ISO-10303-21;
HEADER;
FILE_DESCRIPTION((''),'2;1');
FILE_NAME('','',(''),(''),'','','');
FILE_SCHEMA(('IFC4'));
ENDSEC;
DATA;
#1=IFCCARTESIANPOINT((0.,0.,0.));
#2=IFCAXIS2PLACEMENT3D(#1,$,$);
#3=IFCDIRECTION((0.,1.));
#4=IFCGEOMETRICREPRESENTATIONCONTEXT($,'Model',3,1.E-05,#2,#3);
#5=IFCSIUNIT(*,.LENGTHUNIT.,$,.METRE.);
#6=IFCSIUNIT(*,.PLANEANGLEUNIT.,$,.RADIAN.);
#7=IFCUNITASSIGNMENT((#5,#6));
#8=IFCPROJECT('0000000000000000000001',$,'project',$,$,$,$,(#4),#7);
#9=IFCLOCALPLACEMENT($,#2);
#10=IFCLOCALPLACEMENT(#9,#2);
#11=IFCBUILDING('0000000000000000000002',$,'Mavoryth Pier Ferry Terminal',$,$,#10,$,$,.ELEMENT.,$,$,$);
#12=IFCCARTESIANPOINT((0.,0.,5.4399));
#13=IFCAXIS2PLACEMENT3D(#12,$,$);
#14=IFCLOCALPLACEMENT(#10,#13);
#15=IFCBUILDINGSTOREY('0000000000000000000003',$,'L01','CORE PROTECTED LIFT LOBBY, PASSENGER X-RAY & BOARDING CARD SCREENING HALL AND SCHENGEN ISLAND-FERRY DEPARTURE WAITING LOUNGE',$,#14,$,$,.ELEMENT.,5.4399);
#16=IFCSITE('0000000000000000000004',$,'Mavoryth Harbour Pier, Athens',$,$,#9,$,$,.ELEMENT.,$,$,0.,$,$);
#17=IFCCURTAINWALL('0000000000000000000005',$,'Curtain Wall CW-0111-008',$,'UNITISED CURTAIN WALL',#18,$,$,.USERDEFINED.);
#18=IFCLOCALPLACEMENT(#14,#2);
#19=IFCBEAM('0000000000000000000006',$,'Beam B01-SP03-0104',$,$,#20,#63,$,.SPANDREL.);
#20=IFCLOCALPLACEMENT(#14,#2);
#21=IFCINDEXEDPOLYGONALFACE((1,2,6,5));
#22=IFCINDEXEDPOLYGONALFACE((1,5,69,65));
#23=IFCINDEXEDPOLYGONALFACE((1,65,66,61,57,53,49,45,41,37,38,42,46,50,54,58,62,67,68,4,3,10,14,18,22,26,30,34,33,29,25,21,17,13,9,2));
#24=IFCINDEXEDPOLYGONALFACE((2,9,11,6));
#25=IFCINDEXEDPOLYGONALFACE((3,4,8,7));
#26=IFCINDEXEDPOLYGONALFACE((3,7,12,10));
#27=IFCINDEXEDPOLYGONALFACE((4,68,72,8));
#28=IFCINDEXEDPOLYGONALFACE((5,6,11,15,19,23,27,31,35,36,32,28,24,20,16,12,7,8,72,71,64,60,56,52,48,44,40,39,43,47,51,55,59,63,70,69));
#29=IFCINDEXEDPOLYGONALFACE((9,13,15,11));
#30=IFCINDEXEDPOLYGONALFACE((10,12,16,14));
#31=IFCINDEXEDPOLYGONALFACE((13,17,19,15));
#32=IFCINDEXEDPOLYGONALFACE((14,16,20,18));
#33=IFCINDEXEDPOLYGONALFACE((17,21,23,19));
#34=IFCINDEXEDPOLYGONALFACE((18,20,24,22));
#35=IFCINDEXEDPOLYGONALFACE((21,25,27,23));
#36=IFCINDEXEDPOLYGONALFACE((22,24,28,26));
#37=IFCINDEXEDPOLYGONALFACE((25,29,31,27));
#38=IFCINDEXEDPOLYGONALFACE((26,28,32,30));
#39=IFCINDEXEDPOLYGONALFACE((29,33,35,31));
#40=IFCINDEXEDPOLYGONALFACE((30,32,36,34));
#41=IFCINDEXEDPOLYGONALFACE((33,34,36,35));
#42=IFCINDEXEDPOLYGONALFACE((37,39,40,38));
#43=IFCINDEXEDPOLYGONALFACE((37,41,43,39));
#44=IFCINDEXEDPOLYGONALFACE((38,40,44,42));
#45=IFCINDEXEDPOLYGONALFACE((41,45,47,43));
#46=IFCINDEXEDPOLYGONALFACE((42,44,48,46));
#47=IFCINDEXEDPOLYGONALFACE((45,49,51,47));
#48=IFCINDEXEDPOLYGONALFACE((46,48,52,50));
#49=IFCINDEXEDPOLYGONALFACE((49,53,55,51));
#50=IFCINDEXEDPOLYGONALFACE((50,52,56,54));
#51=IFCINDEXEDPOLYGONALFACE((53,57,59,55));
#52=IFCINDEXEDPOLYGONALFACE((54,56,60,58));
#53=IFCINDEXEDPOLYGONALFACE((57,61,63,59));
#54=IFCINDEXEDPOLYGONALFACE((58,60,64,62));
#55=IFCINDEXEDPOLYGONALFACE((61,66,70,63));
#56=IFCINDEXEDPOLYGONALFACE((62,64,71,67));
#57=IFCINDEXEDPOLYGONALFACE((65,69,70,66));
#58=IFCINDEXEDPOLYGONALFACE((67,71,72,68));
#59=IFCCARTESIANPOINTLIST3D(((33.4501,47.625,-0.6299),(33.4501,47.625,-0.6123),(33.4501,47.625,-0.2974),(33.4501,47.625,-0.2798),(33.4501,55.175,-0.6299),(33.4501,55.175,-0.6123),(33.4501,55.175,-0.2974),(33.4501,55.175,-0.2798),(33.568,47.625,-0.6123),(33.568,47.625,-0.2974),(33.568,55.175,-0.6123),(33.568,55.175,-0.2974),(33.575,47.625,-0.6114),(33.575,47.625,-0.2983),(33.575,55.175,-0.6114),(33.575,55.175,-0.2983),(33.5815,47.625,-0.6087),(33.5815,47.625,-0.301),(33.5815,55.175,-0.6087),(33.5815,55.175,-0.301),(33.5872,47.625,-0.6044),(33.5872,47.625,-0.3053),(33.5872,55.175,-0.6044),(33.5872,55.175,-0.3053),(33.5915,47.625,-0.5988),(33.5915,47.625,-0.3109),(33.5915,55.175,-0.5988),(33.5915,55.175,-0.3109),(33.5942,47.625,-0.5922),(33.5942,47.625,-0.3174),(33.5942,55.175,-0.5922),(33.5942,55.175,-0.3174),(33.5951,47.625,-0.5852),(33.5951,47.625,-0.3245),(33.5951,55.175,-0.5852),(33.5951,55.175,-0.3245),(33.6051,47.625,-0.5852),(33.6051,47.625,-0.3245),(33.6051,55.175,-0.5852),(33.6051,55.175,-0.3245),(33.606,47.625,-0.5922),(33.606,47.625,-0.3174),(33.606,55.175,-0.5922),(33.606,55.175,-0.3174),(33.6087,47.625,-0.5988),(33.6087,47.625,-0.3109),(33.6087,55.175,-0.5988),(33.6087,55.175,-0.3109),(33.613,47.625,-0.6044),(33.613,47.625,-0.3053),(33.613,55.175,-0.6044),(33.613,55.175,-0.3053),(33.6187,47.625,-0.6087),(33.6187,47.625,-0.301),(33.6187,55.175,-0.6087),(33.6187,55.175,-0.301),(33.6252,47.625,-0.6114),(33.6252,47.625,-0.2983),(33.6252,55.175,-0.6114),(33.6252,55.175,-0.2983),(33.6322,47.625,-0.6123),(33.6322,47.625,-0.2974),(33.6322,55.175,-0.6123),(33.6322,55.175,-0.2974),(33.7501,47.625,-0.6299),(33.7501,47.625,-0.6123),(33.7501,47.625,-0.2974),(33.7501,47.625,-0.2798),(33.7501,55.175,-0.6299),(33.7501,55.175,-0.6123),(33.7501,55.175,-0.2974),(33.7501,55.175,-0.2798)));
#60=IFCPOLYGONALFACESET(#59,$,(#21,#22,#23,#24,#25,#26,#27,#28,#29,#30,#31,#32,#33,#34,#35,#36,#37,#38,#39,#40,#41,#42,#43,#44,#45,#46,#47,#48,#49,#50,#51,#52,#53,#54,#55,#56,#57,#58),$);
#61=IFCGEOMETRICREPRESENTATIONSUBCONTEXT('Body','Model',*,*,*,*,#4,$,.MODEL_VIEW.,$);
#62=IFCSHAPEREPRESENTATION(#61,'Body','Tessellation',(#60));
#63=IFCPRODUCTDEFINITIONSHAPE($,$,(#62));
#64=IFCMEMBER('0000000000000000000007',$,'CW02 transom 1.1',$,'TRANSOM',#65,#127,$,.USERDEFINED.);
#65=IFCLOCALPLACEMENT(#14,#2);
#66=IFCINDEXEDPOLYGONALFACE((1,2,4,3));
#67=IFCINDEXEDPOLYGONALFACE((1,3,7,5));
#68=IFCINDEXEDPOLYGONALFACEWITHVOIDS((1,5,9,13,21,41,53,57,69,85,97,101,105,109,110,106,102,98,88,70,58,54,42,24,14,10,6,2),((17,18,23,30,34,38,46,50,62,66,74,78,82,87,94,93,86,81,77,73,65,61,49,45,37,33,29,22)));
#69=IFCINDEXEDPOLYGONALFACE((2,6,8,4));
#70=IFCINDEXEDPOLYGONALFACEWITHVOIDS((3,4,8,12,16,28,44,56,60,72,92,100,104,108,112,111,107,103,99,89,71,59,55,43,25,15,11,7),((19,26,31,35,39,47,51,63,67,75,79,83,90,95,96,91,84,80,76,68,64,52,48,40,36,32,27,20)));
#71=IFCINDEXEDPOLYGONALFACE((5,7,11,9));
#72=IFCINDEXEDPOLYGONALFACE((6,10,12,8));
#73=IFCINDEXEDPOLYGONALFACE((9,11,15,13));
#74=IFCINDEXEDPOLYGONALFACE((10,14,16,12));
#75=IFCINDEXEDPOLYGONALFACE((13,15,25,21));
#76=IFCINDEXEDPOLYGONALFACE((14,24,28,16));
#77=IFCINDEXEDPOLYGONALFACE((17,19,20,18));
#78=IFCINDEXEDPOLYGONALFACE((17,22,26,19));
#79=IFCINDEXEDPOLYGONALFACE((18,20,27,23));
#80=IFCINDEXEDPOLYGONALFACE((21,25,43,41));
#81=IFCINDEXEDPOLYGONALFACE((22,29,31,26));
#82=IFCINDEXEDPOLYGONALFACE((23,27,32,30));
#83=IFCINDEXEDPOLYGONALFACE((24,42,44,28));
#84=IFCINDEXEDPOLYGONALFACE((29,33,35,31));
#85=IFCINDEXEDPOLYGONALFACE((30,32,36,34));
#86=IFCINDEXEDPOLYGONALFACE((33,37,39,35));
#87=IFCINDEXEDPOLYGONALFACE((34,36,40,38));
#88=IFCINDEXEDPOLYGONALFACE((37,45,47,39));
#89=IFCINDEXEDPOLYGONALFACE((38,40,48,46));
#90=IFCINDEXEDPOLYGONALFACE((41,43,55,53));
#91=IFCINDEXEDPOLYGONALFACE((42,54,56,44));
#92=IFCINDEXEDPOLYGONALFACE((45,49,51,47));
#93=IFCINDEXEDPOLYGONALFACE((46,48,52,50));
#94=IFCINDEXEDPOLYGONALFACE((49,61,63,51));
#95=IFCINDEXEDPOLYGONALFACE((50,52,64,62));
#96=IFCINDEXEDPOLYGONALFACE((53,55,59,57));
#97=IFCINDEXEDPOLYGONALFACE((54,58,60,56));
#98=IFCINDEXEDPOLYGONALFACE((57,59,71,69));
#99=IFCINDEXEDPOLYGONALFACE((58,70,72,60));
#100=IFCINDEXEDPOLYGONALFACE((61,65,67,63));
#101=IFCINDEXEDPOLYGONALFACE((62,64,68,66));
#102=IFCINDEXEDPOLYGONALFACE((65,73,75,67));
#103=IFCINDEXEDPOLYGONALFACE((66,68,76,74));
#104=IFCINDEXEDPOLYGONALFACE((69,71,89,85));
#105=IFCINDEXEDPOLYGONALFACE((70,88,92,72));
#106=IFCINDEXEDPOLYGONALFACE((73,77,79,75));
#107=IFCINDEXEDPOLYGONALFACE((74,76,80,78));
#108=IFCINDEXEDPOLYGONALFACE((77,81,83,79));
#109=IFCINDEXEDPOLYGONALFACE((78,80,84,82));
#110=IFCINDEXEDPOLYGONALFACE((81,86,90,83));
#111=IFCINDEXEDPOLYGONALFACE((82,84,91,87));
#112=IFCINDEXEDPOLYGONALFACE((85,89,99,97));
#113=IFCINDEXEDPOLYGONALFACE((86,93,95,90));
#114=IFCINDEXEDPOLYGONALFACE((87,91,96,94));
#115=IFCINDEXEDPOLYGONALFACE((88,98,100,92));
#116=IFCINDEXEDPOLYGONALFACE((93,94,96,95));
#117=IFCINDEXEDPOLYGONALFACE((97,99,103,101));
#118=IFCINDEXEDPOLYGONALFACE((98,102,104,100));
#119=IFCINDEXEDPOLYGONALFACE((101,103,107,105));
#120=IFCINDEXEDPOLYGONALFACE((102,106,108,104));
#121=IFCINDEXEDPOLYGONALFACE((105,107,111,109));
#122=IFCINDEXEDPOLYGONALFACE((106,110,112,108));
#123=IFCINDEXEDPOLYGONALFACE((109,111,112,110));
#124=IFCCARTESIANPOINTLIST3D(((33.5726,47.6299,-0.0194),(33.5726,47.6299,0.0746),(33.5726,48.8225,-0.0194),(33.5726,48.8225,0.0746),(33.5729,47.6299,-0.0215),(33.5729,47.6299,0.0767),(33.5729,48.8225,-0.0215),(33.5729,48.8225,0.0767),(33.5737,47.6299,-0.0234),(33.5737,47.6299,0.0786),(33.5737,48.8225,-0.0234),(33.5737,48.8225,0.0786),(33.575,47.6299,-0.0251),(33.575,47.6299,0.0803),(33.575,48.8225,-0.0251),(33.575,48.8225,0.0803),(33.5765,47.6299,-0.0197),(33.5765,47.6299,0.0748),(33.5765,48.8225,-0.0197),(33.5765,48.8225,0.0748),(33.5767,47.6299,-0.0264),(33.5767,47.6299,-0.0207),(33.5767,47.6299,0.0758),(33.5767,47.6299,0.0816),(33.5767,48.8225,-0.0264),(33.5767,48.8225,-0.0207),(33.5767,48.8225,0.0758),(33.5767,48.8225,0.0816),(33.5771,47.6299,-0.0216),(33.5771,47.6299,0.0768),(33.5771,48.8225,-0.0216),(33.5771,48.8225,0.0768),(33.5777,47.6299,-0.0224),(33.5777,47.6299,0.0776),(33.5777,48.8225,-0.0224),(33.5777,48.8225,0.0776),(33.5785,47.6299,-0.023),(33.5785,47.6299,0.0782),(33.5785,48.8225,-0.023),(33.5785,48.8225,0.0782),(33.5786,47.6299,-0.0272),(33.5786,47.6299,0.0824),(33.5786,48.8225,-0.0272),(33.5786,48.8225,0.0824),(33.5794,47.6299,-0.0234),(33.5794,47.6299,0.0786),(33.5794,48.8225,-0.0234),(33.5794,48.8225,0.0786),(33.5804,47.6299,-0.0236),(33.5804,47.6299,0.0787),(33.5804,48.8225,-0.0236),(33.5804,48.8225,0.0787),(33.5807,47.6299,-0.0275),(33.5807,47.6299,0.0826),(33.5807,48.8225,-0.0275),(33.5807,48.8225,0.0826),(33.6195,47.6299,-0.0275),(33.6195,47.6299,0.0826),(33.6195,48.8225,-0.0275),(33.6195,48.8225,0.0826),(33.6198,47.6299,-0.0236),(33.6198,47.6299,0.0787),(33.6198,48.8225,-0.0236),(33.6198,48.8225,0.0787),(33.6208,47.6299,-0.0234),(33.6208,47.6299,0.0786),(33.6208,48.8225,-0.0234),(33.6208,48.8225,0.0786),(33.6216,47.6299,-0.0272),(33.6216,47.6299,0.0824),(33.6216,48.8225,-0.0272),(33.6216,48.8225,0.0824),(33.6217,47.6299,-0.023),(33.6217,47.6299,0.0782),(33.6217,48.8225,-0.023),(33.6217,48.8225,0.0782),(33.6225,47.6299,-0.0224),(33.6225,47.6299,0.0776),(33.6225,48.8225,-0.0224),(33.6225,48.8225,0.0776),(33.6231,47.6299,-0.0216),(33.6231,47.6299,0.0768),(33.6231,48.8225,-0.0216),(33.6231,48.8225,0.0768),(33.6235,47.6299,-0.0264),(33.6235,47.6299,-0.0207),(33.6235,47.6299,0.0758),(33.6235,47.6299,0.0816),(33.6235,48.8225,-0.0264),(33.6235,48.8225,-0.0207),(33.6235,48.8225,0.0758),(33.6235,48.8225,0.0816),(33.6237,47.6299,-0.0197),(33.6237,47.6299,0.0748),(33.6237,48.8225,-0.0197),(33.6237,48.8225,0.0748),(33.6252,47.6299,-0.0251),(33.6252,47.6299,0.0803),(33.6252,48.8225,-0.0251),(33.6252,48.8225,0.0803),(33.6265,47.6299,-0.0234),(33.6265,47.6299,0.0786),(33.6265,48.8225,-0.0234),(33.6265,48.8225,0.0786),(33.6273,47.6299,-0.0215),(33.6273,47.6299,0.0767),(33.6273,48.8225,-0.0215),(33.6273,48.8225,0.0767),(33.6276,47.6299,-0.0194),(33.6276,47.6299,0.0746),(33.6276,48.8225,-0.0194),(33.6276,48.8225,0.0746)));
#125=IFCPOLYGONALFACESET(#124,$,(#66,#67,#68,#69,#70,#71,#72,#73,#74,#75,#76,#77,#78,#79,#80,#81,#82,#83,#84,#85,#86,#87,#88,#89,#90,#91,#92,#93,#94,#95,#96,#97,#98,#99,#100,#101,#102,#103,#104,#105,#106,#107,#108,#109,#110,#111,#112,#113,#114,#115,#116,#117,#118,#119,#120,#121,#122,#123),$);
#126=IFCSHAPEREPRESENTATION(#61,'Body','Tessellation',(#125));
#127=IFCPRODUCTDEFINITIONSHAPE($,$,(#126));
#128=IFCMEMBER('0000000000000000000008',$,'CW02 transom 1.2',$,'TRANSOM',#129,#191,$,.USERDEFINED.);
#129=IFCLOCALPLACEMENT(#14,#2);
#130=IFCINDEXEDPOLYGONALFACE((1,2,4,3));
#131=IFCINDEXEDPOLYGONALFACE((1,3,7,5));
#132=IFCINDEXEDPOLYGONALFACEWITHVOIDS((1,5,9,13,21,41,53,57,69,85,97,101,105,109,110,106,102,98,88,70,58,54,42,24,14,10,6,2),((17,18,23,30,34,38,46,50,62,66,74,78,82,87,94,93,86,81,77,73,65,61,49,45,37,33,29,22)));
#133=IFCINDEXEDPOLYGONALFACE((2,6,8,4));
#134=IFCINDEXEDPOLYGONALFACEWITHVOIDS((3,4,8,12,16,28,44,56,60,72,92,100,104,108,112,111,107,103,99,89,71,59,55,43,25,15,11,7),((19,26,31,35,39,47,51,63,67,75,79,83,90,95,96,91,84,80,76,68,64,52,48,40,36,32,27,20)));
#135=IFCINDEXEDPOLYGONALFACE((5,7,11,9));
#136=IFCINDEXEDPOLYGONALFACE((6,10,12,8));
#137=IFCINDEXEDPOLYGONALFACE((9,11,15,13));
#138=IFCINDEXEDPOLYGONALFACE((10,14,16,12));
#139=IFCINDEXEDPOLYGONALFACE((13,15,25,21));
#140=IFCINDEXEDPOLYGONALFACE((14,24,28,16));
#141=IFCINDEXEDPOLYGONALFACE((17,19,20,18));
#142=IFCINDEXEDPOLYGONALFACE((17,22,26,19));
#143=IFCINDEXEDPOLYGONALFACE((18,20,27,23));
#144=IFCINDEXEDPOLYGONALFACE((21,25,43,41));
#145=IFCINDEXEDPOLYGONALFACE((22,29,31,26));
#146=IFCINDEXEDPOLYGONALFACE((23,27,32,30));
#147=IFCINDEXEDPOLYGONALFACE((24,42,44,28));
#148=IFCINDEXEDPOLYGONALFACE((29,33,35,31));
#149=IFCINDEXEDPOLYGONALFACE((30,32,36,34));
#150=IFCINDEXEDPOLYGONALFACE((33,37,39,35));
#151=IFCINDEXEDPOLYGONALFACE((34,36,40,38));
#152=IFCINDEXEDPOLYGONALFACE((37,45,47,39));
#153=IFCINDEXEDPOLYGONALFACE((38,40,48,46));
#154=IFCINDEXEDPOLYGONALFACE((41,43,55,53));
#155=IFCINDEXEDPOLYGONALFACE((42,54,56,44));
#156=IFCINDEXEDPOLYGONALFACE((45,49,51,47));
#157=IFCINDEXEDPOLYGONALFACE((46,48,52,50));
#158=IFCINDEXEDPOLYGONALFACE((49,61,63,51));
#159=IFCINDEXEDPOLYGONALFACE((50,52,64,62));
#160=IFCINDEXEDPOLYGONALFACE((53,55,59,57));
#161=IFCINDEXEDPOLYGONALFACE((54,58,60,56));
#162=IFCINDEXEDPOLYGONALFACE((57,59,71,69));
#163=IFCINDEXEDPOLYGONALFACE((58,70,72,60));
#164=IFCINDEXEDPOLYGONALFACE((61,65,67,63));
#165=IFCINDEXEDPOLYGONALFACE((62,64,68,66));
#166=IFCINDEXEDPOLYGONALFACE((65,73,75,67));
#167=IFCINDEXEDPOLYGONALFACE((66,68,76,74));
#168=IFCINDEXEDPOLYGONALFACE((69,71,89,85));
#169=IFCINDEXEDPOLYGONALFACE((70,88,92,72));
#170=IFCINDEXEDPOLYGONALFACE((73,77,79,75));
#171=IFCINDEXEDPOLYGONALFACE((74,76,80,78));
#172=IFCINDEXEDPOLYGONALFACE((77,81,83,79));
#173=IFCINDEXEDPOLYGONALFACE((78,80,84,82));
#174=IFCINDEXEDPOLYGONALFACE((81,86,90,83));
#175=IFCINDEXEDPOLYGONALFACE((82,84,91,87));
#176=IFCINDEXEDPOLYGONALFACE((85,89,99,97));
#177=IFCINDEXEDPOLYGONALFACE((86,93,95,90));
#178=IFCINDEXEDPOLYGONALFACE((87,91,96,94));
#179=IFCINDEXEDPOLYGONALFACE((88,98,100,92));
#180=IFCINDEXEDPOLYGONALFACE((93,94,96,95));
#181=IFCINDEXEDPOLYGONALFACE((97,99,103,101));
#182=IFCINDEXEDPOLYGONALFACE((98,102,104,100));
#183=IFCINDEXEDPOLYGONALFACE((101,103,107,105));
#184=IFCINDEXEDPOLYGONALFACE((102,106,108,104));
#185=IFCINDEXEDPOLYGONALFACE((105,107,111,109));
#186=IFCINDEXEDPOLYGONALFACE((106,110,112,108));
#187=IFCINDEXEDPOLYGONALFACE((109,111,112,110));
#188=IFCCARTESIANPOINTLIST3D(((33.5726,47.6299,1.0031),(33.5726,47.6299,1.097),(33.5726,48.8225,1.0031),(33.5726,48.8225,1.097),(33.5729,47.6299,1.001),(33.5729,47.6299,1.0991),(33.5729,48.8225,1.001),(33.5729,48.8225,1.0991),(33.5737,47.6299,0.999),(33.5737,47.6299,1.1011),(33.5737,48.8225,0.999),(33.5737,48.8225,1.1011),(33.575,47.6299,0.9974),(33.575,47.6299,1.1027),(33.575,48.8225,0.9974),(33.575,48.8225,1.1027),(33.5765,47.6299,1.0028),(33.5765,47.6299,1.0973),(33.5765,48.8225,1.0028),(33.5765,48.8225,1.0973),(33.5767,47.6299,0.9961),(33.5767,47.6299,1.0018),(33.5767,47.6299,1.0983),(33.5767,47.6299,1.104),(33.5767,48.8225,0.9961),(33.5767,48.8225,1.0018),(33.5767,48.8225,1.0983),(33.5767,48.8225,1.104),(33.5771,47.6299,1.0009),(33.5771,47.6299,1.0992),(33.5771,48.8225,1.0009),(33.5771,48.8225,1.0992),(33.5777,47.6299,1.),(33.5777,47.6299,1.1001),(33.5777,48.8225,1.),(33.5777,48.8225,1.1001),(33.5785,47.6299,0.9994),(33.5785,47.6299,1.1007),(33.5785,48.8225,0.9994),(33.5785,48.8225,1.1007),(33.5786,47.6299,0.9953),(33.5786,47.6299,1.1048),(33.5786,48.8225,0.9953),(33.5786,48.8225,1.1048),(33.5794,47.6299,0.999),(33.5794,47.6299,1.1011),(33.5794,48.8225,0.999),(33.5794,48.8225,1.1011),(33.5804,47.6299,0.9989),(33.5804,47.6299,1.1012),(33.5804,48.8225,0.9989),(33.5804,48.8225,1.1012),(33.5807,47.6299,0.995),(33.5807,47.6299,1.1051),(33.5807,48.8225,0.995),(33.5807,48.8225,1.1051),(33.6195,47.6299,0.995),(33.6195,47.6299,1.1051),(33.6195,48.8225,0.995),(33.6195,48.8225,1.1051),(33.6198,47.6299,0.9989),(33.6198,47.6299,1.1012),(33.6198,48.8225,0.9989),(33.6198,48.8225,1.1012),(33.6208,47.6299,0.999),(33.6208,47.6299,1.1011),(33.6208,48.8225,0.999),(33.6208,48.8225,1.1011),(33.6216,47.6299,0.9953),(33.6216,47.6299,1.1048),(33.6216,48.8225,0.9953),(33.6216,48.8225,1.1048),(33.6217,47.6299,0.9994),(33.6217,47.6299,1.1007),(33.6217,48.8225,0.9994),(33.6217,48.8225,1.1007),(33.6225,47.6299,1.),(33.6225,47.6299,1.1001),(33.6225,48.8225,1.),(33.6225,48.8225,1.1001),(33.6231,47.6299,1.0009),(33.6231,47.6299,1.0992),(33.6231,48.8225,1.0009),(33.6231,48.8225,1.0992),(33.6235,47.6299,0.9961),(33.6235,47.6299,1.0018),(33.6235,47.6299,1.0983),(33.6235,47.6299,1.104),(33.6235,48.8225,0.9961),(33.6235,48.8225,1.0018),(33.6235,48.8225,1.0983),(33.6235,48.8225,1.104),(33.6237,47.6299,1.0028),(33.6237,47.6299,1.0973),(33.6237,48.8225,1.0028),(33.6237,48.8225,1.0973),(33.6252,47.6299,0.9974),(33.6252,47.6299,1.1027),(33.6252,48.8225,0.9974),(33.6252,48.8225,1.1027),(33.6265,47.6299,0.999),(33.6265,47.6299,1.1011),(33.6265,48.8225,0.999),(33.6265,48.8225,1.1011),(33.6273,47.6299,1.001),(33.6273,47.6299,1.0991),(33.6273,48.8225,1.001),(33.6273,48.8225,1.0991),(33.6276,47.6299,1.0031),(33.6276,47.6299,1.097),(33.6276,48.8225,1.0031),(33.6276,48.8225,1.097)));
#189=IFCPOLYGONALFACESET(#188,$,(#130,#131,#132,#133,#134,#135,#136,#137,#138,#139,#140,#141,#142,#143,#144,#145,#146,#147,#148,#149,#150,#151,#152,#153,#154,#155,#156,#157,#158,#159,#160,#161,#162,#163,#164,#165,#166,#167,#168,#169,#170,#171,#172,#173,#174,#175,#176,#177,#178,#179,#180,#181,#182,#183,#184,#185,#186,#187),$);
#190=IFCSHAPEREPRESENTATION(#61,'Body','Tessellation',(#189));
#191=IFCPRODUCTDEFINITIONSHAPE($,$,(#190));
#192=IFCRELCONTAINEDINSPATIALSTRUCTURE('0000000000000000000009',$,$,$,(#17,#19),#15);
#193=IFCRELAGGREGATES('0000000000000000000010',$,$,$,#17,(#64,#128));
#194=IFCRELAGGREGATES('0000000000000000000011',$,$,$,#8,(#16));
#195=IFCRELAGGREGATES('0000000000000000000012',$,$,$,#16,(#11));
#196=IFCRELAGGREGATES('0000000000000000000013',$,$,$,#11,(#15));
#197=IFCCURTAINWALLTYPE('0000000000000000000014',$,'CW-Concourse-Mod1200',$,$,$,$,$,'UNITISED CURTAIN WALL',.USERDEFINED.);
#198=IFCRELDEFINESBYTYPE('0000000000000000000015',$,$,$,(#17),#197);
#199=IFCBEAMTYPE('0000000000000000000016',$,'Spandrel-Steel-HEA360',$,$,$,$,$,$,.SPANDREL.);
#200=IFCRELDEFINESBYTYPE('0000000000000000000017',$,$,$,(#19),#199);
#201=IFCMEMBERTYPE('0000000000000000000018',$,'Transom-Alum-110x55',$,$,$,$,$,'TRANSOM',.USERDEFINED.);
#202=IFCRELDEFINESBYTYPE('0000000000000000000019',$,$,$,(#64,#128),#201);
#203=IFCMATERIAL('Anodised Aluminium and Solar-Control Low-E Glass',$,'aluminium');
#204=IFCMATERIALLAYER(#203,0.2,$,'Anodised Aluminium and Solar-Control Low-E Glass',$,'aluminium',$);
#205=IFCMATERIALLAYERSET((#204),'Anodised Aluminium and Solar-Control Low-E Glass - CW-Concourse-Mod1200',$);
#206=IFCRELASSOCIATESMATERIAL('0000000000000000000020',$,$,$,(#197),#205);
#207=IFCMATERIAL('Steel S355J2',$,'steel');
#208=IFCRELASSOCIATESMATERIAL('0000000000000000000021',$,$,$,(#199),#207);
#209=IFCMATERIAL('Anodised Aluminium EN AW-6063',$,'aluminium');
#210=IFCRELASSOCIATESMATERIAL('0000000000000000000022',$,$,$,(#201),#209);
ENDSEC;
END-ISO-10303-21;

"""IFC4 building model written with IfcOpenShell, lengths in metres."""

from ifc_helpers import new_model, si_unit, direction, frame, origin, origin_2d, place, context, subcontext, project, spatial, hollow_rectangle, i_section, extrude, material, layer, layer_set, material_profile, profile_set, type_object, element, aggregate, save


model = new_model("IFC4")

# Units and contexts
model_context = context("Model", 3, precision=1e-05, world=origin(), true_north=direction((0.0, 1.0)))
body_context = subcontext(model_context, "Body", "Model", "MODEL_VIEW")
ifc_project = project(units=[si_unit("LENGTHUNIT", "METRE"), si_unit("PLANEANGLEUNIT", "RADIAN")], contexts=[model_context])

# Site, building, storey
site_placement = place(None, origin())
site = spatial("IfcSite", under=ifc_project, at=site_placement, Name="Mavoryth Harbour Pier, Athens", CompositionType="ELEMENT", RefElevation=0.0)
building_placement = place(site_placement, origin())
building = spatial("IfcBuilding", under=site, at=building_placement, Name="Mavoryth Pier Ferry Terminal", CompositionType="ELEMENT")
storey_placement = place(building_placement, frame((0.0, 0.0, 5.4399)))
storey = spatial("IfcBuildingStorey", under=building, at=storey_placement, Name="L01", Description="CORE PROTECTED LIFT LOBBY, PASSENGER X-RAY & BOARDING CARD SCREENING HALL AND SCHENGEN ISLAND-FERRY DEPARTURE WAITING LOUNGE", CompositionType="ELEMENT", Elevation=5.4399)

# Shared definitions
ifc_material_1 = material(Name="Steel S355J2", Category="steel")

# Curtain wall
ifc_material_2 = material(Name="Anodised Aluminium and Solar-Control Low-E Glass", Category="aluminium")
ifc_layer_1 = layer(ifc_material_2, 0.2, Name="Anodised Aluminium and Solar-Control Low-E Glass", Category="aluminium")
ifc_layer_set_1 = layer_set([ifc_layer_1], Name="Anodised Aluminium and Solar-Control Low-E Glass - CW-Concourse-Mod1200")
curtain_wall_type = type_object("IfcCurtainWallType", Name="CW-Concourse-Mod1200", ElementType="UNITISED CURTAIN WALL", PredefinedType="USERDEFINED", material=ifc_layer_set_1)
curtain_wall_placement = place(storey_placement, origin())
curtain_wall = element("IfcCurtainWall", 1, at=curtain_wall_placement, inside=storey, type_object=curtain_wall_type, Name="Curtain Wall CW-0111-008", ObjectType="UNITISED CURTAIN WALL", PredefinedType="USERDEFINED")
ifc_material_3 = material(Name="Anodised Aluminium EN AW-6063", Category="aluminium")

# Beam
ifc_material_profile_1 = material_profile(ifc_material_1, i_section(OverallWidth=0.3, OverallDepth=0.3501, WebThickness=0.01, FlangeThickness=0.0176, FilletRadius=0.0271, at=origin_2d()), Name="HEA 360", Category="steel")
ifc_profile_set_1 = profile_set([ifc_material_profile_1], Name="Steel S355J2 - HEA 360")
beam_type_1 = type_object("IfcBeamType", Name="Spandrel-Steel-HEA360", PredefinedType="SPANDREL", material=ifc_profile_set_1)
beam_1_placement = place(storey_placement, frame((33.6001, 47.625, -0.4548), z_axis=(0.0, 1.0, 0.0), x_axis=(-1.0, 0.0, 0.0)))
element("IfcBeam", 2, at=beam_1_placement, inside=storey, type_object=beam_type_1, Name="Beam B01-SP03-0104", PredefinedType="SPANDREL", context=body_context, shape_type="SweptSolid", body=[
    extrude(i_section(OverallWidth=0.3, OverallDepth=0.3501, WebThickness=0.01, FlangeThickness=0.0176, FilletRadius=0.0271, at=origin_2d()), origin(), (0.0, 0.0, 1.0), 7.55),
])

# Members
ifc_material_profile_2 = material_profile(ifc_material_3, hollow_rectangle(XDim=0.0549, YDim=0.1101, WallThickness=0.0039, InnerFilletRadius=0.0039, OuterFilletRadius=0.0081, at=origin_2d()), Name="AL-TRAN 110x55x4", Category="aluminium")
ifc_profile_set_2 = profile_set([ifc_material_profile_2], Name="Anodised Aluminium EN AW-6063 - AL-TRAN 110x55x4")
member_type_1 = type_object("IfcMemberType", Name="Transom-Alum-110x55", ElementType="TRANSOM", PredefinedType="USERDEFINED", material=ifc_profile_set_2)
member_1_placement = place(storey_placement, frame((33.6001, 47.6299, 0.0276), z_axis=(0.0, 1.0, 0.0), x_axis=(-1.0, 0.0, 0.0)))
member_1 = element("IfcMember", 3, at=member_1_placement, type_object=member_type_1, Name="CW02 transom 1.1", ObjectType="TRANSOM", PredefinedType="USERDEFINED", context=body_context, shape_type="SweptSolid", body=[
    extrude(hollow_rectangle(XDim=0.0549, YDim=0.1101, WallThickness=0.0039, InnerFilletRadius=0.0039, OuterFilletRadius=0.0081, at=origin_2d()), origin(), (0.0, 0.0, 1.0), 1.1926),
])
member_2_placement = place(storey_placement, frame((33.6001, 47.6299, 1.05), z_axis=(0.0, 1.0, 0.0), x_axis=(-1.0, 0.0, 0.0)))
member_2 = element("IfcMember", 4, at=member_2_placement, type_object=member_type_1, Name="CW02 transom 1.2", ObjectType="TRANSOM", PredefinedType="USERDEFINED", context=body_context, shape_type="SweptSolid", body=[
    extrude(hollow_rectangle(XDim=0.0549, YDim=0.1101, WallThickness=0.0039, InnerFilletRadius=0.0039, OuterFilletRadius=0.0081, at=origin_2d()), origin(), (0.0, 0.0, 1.0), 1.1926),
])

aggregate(curtain_wall, [member_1, member_2])

save(model, "model.ifc")
